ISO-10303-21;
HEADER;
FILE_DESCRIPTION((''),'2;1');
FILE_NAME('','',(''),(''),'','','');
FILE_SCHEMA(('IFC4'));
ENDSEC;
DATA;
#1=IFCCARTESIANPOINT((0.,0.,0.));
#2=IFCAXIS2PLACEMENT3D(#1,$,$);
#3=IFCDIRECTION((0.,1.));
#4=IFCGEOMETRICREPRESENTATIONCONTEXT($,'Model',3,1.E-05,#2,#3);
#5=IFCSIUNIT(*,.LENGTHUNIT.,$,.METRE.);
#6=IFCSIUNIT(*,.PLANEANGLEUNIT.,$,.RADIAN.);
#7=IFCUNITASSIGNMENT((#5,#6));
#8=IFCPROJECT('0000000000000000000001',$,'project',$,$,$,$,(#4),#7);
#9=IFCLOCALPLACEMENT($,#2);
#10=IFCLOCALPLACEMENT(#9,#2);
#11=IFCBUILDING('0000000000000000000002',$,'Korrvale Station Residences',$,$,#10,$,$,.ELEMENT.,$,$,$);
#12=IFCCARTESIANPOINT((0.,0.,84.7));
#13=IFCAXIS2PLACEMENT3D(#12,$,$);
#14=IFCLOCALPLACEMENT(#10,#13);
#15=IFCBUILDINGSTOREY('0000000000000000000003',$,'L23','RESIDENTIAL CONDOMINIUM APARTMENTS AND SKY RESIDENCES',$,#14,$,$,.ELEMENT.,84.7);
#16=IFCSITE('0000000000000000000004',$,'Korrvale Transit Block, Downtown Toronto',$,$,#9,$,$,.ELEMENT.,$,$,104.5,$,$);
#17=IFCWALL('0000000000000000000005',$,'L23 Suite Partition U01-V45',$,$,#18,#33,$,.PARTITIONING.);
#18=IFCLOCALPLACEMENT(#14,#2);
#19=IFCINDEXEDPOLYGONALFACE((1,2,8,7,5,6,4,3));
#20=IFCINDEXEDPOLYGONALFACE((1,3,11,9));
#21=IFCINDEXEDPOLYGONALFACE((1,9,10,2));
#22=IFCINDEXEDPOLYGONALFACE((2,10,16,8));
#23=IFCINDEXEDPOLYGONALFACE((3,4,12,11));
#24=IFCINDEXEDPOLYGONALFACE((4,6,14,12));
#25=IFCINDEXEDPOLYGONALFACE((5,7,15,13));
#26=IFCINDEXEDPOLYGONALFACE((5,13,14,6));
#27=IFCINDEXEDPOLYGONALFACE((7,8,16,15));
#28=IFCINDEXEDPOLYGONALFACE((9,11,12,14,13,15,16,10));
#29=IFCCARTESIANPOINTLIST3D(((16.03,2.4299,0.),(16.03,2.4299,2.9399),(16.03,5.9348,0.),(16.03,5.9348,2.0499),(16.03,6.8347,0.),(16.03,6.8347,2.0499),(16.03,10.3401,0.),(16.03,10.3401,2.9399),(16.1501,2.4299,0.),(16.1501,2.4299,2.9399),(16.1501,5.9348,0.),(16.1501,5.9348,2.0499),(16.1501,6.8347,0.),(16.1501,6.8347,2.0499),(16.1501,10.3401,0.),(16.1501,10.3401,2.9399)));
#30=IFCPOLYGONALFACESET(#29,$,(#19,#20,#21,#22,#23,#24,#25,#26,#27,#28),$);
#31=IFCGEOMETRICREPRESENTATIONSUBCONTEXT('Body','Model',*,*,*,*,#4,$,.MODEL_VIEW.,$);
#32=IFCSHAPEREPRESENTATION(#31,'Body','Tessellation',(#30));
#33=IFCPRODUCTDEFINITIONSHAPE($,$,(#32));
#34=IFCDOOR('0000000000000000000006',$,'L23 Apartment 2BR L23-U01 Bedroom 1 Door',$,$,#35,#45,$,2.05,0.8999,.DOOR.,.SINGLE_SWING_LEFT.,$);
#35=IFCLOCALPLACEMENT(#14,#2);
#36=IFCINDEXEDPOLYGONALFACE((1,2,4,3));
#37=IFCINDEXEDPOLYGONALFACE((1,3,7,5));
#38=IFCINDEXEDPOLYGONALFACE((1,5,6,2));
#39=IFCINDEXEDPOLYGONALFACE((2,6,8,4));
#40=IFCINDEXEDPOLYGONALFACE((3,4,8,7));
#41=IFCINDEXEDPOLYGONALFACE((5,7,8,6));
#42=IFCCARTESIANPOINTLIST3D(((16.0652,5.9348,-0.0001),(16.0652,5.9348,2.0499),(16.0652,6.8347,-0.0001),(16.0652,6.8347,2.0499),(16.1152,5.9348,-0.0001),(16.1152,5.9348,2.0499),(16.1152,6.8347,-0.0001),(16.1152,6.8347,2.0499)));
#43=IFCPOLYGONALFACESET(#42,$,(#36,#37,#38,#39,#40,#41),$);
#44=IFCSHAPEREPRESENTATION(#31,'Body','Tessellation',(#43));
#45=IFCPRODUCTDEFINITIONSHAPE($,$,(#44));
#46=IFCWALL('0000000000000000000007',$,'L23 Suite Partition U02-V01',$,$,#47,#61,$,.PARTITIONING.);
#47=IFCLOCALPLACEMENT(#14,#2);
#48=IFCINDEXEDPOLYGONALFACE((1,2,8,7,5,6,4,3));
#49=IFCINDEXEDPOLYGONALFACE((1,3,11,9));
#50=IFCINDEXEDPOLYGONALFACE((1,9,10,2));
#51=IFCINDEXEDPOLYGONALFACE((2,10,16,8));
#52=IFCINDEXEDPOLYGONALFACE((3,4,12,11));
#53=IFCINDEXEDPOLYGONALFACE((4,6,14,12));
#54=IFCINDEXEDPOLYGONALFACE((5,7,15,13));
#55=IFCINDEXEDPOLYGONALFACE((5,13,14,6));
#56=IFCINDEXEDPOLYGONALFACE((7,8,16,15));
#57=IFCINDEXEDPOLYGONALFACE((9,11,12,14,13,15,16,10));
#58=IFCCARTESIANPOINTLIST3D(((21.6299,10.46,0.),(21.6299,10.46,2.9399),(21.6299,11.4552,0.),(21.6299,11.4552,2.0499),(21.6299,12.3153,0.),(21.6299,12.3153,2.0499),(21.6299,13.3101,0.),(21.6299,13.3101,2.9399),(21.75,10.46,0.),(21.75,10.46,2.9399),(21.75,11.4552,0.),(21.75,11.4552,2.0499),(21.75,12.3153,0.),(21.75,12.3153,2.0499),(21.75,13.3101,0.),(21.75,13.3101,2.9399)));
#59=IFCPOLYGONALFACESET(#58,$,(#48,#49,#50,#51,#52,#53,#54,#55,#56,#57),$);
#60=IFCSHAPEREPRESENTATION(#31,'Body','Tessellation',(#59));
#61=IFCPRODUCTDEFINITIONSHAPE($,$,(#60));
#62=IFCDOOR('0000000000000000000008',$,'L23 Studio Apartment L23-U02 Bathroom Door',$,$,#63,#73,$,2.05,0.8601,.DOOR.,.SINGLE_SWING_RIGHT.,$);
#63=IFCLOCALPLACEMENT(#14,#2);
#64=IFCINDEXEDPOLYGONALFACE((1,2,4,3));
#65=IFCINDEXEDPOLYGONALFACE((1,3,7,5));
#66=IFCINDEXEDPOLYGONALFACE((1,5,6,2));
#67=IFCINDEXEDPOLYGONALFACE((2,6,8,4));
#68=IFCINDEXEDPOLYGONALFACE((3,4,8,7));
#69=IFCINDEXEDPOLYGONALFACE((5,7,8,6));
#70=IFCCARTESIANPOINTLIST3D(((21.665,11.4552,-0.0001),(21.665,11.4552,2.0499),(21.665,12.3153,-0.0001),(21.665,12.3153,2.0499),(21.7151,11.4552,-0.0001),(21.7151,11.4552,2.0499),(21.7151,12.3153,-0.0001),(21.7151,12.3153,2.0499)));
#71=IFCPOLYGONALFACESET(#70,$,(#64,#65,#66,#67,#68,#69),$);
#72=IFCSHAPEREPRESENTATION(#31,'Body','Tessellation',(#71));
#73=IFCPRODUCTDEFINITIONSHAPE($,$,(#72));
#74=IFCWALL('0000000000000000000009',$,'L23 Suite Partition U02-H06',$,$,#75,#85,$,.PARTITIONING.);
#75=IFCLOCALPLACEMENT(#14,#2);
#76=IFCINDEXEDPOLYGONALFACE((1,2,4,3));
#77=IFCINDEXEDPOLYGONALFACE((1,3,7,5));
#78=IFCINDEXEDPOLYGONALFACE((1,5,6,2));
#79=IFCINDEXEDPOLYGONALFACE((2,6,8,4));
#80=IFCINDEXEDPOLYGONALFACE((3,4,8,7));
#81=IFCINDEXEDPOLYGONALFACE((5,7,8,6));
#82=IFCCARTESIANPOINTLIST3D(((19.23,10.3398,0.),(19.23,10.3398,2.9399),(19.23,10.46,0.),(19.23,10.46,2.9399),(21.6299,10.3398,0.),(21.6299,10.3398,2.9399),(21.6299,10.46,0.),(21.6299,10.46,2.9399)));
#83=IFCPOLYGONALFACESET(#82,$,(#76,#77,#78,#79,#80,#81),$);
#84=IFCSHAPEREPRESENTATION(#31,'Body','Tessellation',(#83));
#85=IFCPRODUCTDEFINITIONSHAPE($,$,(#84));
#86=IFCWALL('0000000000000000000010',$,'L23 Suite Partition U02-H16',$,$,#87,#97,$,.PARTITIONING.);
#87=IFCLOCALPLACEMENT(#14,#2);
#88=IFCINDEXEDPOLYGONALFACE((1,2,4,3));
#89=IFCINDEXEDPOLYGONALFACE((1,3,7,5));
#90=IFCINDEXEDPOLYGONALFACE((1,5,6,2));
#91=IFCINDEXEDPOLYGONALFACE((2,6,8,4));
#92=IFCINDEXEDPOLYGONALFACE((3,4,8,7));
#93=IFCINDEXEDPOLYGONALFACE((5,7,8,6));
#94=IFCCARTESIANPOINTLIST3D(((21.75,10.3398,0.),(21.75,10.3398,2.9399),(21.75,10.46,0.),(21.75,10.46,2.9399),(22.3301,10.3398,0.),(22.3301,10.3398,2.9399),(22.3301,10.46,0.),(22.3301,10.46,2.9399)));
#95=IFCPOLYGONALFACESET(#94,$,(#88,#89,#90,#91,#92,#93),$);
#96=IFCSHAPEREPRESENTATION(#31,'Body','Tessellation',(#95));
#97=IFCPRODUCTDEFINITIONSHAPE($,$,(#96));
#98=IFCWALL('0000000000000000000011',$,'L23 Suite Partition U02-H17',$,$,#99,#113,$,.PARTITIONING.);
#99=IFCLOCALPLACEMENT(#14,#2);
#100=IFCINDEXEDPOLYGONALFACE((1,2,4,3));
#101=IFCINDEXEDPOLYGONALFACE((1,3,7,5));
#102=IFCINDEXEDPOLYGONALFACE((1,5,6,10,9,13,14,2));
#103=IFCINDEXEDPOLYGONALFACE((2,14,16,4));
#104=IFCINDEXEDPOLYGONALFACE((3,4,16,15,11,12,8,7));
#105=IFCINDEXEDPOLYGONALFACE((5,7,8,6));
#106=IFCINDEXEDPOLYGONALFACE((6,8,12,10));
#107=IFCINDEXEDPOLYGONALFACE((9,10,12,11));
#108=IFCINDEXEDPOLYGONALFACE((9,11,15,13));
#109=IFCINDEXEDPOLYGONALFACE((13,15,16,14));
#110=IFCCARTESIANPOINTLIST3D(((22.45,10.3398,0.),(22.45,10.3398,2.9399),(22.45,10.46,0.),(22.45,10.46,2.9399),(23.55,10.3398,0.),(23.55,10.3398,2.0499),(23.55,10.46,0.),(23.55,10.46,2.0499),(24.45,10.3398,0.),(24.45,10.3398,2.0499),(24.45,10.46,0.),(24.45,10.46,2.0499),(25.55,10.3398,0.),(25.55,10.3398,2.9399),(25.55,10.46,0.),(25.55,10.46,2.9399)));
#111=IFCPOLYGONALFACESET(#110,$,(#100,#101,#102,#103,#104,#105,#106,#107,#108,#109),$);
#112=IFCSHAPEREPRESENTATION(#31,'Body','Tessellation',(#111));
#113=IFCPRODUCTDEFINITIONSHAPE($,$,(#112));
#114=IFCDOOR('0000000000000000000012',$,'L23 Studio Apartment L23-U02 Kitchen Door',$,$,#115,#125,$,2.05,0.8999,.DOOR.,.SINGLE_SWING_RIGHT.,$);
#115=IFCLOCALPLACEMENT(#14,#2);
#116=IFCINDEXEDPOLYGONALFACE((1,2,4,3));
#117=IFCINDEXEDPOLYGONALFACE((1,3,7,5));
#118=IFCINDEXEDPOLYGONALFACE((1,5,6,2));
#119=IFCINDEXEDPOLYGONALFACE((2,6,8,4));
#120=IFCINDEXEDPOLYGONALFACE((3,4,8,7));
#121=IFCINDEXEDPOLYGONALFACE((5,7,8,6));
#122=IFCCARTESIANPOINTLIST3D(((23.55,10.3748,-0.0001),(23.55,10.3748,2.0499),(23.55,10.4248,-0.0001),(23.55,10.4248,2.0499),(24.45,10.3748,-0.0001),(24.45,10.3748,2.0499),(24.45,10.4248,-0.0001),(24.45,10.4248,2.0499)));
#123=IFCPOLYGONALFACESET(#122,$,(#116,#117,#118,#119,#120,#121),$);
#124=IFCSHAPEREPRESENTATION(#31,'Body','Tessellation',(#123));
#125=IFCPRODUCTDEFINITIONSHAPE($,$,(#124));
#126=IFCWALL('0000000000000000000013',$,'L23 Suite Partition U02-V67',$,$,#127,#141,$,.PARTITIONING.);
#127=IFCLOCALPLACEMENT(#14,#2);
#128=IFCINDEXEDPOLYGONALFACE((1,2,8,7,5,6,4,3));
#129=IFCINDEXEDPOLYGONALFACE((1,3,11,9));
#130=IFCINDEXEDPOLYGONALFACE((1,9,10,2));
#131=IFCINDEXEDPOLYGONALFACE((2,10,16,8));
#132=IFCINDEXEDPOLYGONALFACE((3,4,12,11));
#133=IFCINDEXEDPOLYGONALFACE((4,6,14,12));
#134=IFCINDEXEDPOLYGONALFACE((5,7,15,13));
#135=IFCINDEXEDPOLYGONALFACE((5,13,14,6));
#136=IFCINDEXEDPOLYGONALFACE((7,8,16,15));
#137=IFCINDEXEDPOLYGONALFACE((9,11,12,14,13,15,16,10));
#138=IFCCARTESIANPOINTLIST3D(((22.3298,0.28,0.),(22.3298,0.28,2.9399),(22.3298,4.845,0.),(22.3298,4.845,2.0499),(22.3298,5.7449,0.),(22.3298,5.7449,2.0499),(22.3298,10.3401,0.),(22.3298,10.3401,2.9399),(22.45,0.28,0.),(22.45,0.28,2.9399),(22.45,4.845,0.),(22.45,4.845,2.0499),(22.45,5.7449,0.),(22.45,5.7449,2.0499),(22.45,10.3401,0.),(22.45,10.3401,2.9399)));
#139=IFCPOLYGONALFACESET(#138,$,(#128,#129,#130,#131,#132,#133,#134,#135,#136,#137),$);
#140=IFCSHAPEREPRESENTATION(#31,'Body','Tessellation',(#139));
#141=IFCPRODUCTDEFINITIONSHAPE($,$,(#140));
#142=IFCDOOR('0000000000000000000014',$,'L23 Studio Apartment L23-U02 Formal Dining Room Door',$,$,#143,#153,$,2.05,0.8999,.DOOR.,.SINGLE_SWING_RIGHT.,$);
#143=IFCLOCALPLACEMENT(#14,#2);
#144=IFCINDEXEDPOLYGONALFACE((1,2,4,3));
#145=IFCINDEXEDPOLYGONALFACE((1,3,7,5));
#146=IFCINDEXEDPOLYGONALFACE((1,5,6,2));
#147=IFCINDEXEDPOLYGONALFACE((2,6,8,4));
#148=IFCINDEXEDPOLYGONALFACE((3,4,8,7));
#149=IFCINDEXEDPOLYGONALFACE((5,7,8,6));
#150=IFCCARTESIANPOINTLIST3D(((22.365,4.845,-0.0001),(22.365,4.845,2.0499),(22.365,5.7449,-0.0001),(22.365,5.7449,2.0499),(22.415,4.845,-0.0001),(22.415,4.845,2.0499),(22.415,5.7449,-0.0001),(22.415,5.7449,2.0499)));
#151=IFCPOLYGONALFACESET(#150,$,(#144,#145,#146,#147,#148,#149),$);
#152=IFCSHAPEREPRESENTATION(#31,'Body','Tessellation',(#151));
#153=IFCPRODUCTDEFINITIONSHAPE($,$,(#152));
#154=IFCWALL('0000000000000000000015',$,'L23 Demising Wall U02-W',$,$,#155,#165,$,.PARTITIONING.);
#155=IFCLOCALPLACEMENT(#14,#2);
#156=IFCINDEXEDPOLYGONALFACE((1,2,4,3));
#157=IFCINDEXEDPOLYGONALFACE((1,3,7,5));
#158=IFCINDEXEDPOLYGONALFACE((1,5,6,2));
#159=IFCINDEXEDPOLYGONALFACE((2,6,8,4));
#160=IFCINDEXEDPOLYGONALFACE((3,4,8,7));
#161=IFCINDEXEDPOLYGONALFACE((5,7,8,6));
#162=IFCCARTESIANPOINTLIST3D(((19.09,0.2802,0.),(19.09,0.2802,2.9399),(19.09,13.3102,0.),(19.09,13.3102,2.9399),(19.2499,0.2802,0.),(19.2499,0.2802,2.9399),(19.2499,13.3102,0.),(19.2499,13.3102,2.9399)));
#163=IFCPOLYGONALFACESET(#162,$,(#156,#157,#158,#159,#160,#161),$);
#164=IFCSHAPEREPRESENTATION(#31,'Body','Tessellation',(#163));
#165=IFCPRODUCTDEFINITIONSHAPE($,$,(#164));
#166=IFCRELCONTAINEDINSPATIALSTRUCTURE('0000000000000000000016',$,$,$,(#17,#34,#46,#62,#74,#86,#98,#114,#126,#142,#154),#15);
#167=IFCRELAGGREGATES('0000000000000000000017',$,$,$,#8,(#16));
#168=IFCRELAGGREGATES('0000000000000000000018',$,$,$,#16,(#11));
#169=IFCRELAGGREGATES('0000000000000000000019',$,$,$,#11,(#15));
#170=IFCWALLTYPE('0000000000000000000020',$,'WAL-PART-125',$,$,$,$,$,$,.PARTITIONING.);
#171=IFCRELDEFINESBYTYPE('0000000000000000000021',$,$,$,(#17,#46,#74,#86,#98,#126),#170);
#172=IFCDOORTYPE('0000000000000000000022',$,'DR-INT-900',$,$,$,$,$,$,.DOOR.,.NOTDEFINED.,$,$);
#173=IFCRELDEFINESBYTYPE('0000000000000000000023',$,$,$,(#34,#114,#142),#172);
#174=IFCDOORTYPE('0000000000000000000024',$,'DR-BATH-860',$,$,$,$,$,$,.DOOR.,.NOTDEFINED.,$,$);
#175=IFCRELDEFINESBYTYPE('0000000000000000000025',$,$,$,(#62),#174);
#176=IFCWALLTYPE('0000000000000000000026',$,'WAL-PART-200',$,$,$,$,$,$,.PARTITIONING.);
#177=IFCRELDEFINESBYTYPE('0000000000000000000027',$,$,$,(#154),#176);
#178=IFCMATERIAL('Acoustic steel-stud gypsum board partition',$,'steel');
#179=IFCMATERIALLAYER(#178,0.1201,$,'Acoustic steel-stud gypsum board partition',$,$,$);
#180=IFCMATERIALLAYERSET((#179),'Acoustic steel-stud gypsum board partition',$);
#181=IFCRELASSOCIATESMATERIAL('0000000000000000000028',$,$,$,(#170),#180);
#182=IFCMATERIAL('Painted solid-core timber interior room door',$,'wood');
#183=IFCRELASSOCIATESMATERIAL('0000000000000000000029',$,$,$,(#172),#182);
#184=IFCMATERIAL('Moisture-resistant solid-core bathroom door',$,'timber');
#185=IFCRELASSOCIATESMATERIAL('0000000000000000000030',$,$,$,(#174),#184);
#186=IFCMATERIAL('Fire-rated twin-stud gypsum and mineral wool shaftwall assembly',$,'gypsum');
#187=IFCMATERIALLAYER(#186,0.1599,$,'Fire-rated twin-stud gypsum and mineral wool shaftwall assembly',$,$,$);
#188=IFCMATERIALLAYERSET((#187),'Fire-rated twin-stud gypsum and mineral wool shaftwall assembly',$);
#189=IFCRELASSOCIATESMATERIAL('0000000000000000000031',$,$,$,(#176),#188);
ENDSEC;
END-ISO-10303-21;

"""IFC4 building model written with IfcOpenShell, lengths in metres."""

from ifc_helpers import new_model, si_unit, direction, frame, frame_2d, origin, place, context, subcontext, project, spatial, rectangle, extrude, material, layer, layer_set, type_object, element, fill, save


model = new_model("IFC4")

# Units and contexts
model_context = context("Model", 3, precision=1e-05, world=origin(), true_north=direction((0.0, 1.0)))
body_context = subcontext(model_context, "Body", "Model", "MODEL_VIEW")
ifc_project = project(units=[si_unit("LENGTHUNIT", "METRE"), si_unit("PLANEANGLEUNIT", "RADIAN")], contexts=[model_context])

# Site, building, storey
site_placement = place(None, origin())
site = spatial("IfcSite", under=ifc_project, at=site_placement, Name="Korrvale Transit Block, Downtown Toronto", CompositionType="ELEMENT", RefElevation=104.5)
building_placement = place(site_placement, origin())
building = spatial("IfcBuilding", under=site, at=building_placement, Name="Korrvale Station Residences", CompositionType="ELEMENT")
storey_placement = place(building_placement, frame((0.0, 0.0, 84.7)))
storey = spatial("IfcBuildingStorey", under=building, at=storey_placement, Name="L23", Description="RESIDENTIAL CONDOMINIUM APARTMENTS AND SKY RESIDENCES", CompositionType="ELEMENT", Elevation=84.7)

# Walls, openings, doors
ifc_material_1 = material(Name="Acoustic steel-stud gypsum board partition", Category="steel")
ifc_layer_1 = layer(ifc_material_1, 0.1201, Name="Acoustic steel-stud gypsum board partition")
ifc_layer_set_1 = layer_set([ifc_layer_1], Name="Acoustic steel-stud gypsum board partition")
wall_type_1 = type_object("IfcWallType", Name="WAL-PART-125", PredefinedType="PARTITIONING", material=ifc_layer_set_1)
ifc_material_2 = material(Name="Painted solid-core timber interior room door", Category="wood")
door_type_1 = type_object("IfcDoorType", Name="DR-INT-900", OperationType="NOTDEFINED", PredefinedType="DOOR", material=ifc_material_2)
wall_1_placement = place(storey_placement, frame((16.0901, 2.4299, 0.0), z_axis=(0.0, 0.0, 1.0), x_axis=(0.0, 1.0, 0.0)))
wall_1 = element("IfcWall", 1, at=wall_1_placement, inside=storey, type_object=wall_type_1, Name="L23 Suite Partition U01-V45", PredefinedType="PARTITIONING", context=body_context, shape_type="SweptSolid", body=[
    extrude(rectangle(XDim=7.9102, YDim=0.1201, at=frame_2d((3.9551, 0.0))), origin(), (0.0, 0.0, 1.0), 2.9399),
])
opening_1_placement = place(wall_1_placement, frame((3.5049, 0.0, 0.0)))
opening_1 = element("IfcOpeningElement", 2, at=opening_1_placement, cuts=wall_1, PredefinedType="OPENING", context=body_context, shape_type="SweptSolid", body=[
    extrude(rectangle(XDim=0.8999, YDim=2.05, at=frame_2d((0.45, 1.0249))), frame((0.0, 0.0701, 0.0), z_axis=(0.0, -1.0, 0.0), x_axis=(1.0, 0.0, 0.0)), (0.0, 0.0, 1.0), 0.1401),
])
door_1_placement = place(opening_1_placement, origin())
door_1 = element("IfcDoor", 3, at=door_1_placement, inside=storey, type_object=door_type_1, Name="L23 Apartment 2BR L23-U01 Bedroom 1 Door", OperationType="SINGLE_SWING_LEFT", OverallHeight=2.05, OverallWidth=0.8999, PredefinedType="DOOR", context=body_context, shape_type="SweptSolid", body=[
    extrude(rectangle(XDim=0.8999, YDim=2.05, at=frame_2d((0.45, 1.0249))), frame((0.0, 0.0249, 0.0), z_axis=(0.0, -1.0, 0.0), x_axis=(1.0, 0.0, 0.0)), (0.0, 0.0, 1.0), 0.05),
])
fill(opening_1, door_1)
wall_2_placement = place(storey_placement, frame((21.6899, 10.46, 0.0), z_axis=(0.0, 0.0, 1.0), x_axis=(0.0, 1.0, 0.0)))
wall_2 = element("IfcWall", 4, at=wall_2_placement, inside=storey, type_object=wall_type_1, Name="L23 Suite Partition U02-V01", PredefinedType="PARTITIONING", context=body_context, shape_type="SweptSolid", body=[
    extrude(rectangle(XDim=2.8501, YDim=0.1201, at=frame_2d((1.425, 0.0))), origin(), (0.0, 0.0, 1.0), 2.9399),
])
opening_2_placement = place(wall_2_placement, frame((0.9951, 0.0, 0.0)))
opening_2 = element("IfcOpeningElement", 5, at=opening_2_placement, cuts=wall_2, PredefinedType="OPENING", context=body_context, shape_type="SweptSolid", body=[
    extrude(rectangle(XDim=0.8601, YDim=2.05, at=frame_2d((0.4302, 1.0249))), frame((0.0, 0.0701, 0.0), z_axis=(0.0, -1.0, 0.0), x_axis=(1.0, 0.0, 0.0)), (0.0, 0.0, 1.0), 0.1401),
])
ifc_material_3 = material(Name="Moisture-resistant solid-core bathroom door", Category="timber")
door_type_2 = type_object("IfcDoorType", Name="DR-BATH-860", OperationType="NOTDEFINED", PredefinedType="DOOR", material=ifc_material_3)
door_2_placement = place(opening_2_placement, origin())
door_2 = element("IfcDoor", 6, at=door_2_placement, inside=storey, type_object=door_type_2, Name="L23 Studio Apartment L23-U02 Bathroom Door", OperationType="SINGLE_SWING_RIGHT", OverallHeight=2.05, OverallWidth=0.8601, PredefinedType="DOOR", context=body_context, shape_type="SweptSolid", body=[
    extrude(rectangle(XDim=0.8601, YDim=2.05, at=frame_2d((0.4302, 1.0249))), frame((0.0, 0.0249, 0.0), z_axis=(0.0, -1.0, 0.0), x_axis=(1.0, 0.0, 0.0)), (0.0, 0.0, 1.0), 0.05),
])
fill(opening_2, door_2)

# Walls
wall_3_placement = place(storey_placement, frame((19.23, 10.3999, 0.0), z_axis=(0.0, 0.0, 1.0), x_axis=(1.0, 0.0, 0.0)))
element("IfcWall", 7, at=wall_3_placement, inside=storey, type_object=wall_type_1, Name="L23 Suite Partition U02-H06", PredefinedType="PARTITIONING", context=body_context, shape_type="SweptSolid", body=[
    extrude(rectangle(XDim=2.3999, YDim=0.1201, at=frame_2d((1.2, 0.0))), origin(), (0.0, 0.0, 1.0), 2.9399),
])
wall_4_placement = place(storey_placement, frame((21.75, 10.3999, 0.0), z_axis=(0.0, 0.0, 1.0), x_axis=(1.0, 0.0, 0.0)))
element("IfcWall", 8, at=wall_4_placement, inside=storey, type_object=wall_type_1, Name="L23 Suite Partition U02-H16", PredefinedType="PARTITIONING", context=body_context, shape_type="SweptSolid", body=[
    extrude(rectangle(XDim=0.5801, YDim=0.1201, at=frame_2d((0.29, 0.0))), origin(), (0.0, 0.0, 1.0), 2.9399),
])

# Walls, openings, doors
wall_5_placement = place(storey_placement, frame((22.45, 10.3999, 0.0), z_axis=(0.0, 0.0, 1.0), x_axis=(1.0, 0.0, 0.0)))
wall_5 = element("IfcWall", 9, at=wall_5_placement, inside=storey, type_object=wall_type_1, Name="L23 Suite Partition U02-H17", PredefinedType="PARTITIONING", context=body_context, shape_type="SweptSolid", body=[
    extrude(rectangle(XDim=3.1001, YDim=0.1201, at=frame_2d((1.55, 0.0))), origin(), (0.0, 0.0, 1.0), 2.9399),
])
opening_3_placement = place(wall_5_placement, frame((1.1001, 0.0, 0.0)))
opening_3 = element("IfcOpeningElement", 10, at=opening_3_placement, cuts=wall_5, PredefinedType="OPENING", context=body_context, shape_type="SweptSolid", body=[
    extrude(rectangle(XDim=0.8999, YDim=2.05, at=frame_2d((0.45, 1.0249))), frame((0.0, 0.0701, 0.0), z_axis=(0.0, -1.0, 0.0), x_axis=(1.0, 0.0, 0.0)), (0.0, 0.0, 1.0), 0.1401),
])
door_3_placement = place(opening_3_placement, origin())
door_3 = element("IfcDoor", 11, at=door_3_placement, inside=storey, type_object=door_type_1, Name="L23 Studio Apartment L23-U02 Kitchen Door", OperationType="SINGLE_SWING_RIGHT", OverallHeight=2.05, OverallWidth=0.8999, PredefinedType="DOOR", context=body_context, shape_type="SweptSolid", body=[
    extrude(rectangle(XDim=0.8999, YDim=2.05, at=frame_2d((0.45, 1.0249))), frame((0.0, 0.0249, 0.0), z_axis=(0.0, -1.0, 0.0), x_axis=(1.0, 0.0, 0.0)), (0.0, 0.0, 1.0), 0.05),
])
fill(opening_3, door_3)
wall_6_placement = place(storey_placement, frame((22.3899, 0.28, 0.0), z_axis=(0.0, 0.0, 1.0), x_axis=(0.0, 1.0, 0.0)))
wall_6 = element("IfcWall", 12, at=wall_6_placement, inside=storey, type_object=wall_type_1, Name="L23 Suite Partition U02-V67", PredefinedType="PARTITIONING", context=body_context, shape_type="SweptSolid", body=[
    extrude(rectangle(XDim=10.0601, YDim=0.1201, at=frame_2d((5.03, 0.0))), origin(), (0.0, 0.0, 1.0), 2.9399),
])
opening_4_placement = place(wall_6_placement, frame((4.5649, 0.0, 0.0)))
opening_4 = element("IfcOpeningElement", 13, at=opening_4_placement, cuts=wall_6, PredefinedType="OPENING", context=body_context, shape_type="SweptSolid", body=[
    extrude(rectangle(XDim=0.8999, YDim=2.05, at=frame_2d((0.45, 1.0249))), frame((0.0, 0.0701, 0.0), z_axis=(0.0, -1.0, 0.0), x_axis=(1.0, 0.0, 0.0)), (0.0, 0.0, 1.0), 0.1401),
])
door_4_placement = place(opening_4_placement, origin())
door_4 = element("IfcDoor", 14, at=door_4_placement, inside=storey, type_object=door_type_1, Name="L23 Studio Apartment L23-U02 Formal Dining Room Door", OperationType="SINGLE_SWING_RIGHT", OverallHeight=2.05, OverallWidth=0.8999, PredefinedType="DOOR", context=body_context, shape_type="SweptSolid", body=[
    extrude(rectangle(XDim=0.8999, YDim=2.05, at=frame_2d((0.45, 1.0249))), frame((0.0, 0.0249, 0.0), z_axis=(0.0, -1.0, 0.0), x_axis=(1.0, 0.0, 0.0)), (0.0, 0.0, 1.0), 0.05),
])
fill(opening_4, door_4)

# Wall
ifc_material_4 = material(Name="Fire-rated twin-stud gypsum and mineral wool shaftwall assembly", Category="gypsum")
ifc_layer_2 = layer(ifc_material_4, 0.1599, Name="Fire-rated twin-stud gypsum and mineral wool shaftwall assembly")
ifc_layer_set_2 = layer_set([ifc_layer_2], Name="Fire-rated twin-stud gypsum and mineral wool shaftwall assembly")
wall_type_2 = type_object("IfcWallType", Name="WAL-PART-200", PredefinedType="PARTITIONING", material=ifc_layer_set_2)
wall_7_placement = place(storey_placement, frame((19.1699, 0.28, 0.0), z_axis=(0.0, 0.0, 1.0), x_axis=(0.0, 1.0, 0.0)))
element("IfcWall", 15, at=wall_7_placement, inside=storey, type_object=wall_type_2, Name="L23 Demising Wall U02-W", PredefinedType="PARTITIONING", context=body_context, shape_type="SweptSolid", body=[
    extrude(rectangle(XDim=13.03, YDim=0.1599, at=frame_2d((6.5151, 0.0))), origin(), (0.0, 0.0, 1.0), 2.9399),
])

save(model, "model.ifc")
